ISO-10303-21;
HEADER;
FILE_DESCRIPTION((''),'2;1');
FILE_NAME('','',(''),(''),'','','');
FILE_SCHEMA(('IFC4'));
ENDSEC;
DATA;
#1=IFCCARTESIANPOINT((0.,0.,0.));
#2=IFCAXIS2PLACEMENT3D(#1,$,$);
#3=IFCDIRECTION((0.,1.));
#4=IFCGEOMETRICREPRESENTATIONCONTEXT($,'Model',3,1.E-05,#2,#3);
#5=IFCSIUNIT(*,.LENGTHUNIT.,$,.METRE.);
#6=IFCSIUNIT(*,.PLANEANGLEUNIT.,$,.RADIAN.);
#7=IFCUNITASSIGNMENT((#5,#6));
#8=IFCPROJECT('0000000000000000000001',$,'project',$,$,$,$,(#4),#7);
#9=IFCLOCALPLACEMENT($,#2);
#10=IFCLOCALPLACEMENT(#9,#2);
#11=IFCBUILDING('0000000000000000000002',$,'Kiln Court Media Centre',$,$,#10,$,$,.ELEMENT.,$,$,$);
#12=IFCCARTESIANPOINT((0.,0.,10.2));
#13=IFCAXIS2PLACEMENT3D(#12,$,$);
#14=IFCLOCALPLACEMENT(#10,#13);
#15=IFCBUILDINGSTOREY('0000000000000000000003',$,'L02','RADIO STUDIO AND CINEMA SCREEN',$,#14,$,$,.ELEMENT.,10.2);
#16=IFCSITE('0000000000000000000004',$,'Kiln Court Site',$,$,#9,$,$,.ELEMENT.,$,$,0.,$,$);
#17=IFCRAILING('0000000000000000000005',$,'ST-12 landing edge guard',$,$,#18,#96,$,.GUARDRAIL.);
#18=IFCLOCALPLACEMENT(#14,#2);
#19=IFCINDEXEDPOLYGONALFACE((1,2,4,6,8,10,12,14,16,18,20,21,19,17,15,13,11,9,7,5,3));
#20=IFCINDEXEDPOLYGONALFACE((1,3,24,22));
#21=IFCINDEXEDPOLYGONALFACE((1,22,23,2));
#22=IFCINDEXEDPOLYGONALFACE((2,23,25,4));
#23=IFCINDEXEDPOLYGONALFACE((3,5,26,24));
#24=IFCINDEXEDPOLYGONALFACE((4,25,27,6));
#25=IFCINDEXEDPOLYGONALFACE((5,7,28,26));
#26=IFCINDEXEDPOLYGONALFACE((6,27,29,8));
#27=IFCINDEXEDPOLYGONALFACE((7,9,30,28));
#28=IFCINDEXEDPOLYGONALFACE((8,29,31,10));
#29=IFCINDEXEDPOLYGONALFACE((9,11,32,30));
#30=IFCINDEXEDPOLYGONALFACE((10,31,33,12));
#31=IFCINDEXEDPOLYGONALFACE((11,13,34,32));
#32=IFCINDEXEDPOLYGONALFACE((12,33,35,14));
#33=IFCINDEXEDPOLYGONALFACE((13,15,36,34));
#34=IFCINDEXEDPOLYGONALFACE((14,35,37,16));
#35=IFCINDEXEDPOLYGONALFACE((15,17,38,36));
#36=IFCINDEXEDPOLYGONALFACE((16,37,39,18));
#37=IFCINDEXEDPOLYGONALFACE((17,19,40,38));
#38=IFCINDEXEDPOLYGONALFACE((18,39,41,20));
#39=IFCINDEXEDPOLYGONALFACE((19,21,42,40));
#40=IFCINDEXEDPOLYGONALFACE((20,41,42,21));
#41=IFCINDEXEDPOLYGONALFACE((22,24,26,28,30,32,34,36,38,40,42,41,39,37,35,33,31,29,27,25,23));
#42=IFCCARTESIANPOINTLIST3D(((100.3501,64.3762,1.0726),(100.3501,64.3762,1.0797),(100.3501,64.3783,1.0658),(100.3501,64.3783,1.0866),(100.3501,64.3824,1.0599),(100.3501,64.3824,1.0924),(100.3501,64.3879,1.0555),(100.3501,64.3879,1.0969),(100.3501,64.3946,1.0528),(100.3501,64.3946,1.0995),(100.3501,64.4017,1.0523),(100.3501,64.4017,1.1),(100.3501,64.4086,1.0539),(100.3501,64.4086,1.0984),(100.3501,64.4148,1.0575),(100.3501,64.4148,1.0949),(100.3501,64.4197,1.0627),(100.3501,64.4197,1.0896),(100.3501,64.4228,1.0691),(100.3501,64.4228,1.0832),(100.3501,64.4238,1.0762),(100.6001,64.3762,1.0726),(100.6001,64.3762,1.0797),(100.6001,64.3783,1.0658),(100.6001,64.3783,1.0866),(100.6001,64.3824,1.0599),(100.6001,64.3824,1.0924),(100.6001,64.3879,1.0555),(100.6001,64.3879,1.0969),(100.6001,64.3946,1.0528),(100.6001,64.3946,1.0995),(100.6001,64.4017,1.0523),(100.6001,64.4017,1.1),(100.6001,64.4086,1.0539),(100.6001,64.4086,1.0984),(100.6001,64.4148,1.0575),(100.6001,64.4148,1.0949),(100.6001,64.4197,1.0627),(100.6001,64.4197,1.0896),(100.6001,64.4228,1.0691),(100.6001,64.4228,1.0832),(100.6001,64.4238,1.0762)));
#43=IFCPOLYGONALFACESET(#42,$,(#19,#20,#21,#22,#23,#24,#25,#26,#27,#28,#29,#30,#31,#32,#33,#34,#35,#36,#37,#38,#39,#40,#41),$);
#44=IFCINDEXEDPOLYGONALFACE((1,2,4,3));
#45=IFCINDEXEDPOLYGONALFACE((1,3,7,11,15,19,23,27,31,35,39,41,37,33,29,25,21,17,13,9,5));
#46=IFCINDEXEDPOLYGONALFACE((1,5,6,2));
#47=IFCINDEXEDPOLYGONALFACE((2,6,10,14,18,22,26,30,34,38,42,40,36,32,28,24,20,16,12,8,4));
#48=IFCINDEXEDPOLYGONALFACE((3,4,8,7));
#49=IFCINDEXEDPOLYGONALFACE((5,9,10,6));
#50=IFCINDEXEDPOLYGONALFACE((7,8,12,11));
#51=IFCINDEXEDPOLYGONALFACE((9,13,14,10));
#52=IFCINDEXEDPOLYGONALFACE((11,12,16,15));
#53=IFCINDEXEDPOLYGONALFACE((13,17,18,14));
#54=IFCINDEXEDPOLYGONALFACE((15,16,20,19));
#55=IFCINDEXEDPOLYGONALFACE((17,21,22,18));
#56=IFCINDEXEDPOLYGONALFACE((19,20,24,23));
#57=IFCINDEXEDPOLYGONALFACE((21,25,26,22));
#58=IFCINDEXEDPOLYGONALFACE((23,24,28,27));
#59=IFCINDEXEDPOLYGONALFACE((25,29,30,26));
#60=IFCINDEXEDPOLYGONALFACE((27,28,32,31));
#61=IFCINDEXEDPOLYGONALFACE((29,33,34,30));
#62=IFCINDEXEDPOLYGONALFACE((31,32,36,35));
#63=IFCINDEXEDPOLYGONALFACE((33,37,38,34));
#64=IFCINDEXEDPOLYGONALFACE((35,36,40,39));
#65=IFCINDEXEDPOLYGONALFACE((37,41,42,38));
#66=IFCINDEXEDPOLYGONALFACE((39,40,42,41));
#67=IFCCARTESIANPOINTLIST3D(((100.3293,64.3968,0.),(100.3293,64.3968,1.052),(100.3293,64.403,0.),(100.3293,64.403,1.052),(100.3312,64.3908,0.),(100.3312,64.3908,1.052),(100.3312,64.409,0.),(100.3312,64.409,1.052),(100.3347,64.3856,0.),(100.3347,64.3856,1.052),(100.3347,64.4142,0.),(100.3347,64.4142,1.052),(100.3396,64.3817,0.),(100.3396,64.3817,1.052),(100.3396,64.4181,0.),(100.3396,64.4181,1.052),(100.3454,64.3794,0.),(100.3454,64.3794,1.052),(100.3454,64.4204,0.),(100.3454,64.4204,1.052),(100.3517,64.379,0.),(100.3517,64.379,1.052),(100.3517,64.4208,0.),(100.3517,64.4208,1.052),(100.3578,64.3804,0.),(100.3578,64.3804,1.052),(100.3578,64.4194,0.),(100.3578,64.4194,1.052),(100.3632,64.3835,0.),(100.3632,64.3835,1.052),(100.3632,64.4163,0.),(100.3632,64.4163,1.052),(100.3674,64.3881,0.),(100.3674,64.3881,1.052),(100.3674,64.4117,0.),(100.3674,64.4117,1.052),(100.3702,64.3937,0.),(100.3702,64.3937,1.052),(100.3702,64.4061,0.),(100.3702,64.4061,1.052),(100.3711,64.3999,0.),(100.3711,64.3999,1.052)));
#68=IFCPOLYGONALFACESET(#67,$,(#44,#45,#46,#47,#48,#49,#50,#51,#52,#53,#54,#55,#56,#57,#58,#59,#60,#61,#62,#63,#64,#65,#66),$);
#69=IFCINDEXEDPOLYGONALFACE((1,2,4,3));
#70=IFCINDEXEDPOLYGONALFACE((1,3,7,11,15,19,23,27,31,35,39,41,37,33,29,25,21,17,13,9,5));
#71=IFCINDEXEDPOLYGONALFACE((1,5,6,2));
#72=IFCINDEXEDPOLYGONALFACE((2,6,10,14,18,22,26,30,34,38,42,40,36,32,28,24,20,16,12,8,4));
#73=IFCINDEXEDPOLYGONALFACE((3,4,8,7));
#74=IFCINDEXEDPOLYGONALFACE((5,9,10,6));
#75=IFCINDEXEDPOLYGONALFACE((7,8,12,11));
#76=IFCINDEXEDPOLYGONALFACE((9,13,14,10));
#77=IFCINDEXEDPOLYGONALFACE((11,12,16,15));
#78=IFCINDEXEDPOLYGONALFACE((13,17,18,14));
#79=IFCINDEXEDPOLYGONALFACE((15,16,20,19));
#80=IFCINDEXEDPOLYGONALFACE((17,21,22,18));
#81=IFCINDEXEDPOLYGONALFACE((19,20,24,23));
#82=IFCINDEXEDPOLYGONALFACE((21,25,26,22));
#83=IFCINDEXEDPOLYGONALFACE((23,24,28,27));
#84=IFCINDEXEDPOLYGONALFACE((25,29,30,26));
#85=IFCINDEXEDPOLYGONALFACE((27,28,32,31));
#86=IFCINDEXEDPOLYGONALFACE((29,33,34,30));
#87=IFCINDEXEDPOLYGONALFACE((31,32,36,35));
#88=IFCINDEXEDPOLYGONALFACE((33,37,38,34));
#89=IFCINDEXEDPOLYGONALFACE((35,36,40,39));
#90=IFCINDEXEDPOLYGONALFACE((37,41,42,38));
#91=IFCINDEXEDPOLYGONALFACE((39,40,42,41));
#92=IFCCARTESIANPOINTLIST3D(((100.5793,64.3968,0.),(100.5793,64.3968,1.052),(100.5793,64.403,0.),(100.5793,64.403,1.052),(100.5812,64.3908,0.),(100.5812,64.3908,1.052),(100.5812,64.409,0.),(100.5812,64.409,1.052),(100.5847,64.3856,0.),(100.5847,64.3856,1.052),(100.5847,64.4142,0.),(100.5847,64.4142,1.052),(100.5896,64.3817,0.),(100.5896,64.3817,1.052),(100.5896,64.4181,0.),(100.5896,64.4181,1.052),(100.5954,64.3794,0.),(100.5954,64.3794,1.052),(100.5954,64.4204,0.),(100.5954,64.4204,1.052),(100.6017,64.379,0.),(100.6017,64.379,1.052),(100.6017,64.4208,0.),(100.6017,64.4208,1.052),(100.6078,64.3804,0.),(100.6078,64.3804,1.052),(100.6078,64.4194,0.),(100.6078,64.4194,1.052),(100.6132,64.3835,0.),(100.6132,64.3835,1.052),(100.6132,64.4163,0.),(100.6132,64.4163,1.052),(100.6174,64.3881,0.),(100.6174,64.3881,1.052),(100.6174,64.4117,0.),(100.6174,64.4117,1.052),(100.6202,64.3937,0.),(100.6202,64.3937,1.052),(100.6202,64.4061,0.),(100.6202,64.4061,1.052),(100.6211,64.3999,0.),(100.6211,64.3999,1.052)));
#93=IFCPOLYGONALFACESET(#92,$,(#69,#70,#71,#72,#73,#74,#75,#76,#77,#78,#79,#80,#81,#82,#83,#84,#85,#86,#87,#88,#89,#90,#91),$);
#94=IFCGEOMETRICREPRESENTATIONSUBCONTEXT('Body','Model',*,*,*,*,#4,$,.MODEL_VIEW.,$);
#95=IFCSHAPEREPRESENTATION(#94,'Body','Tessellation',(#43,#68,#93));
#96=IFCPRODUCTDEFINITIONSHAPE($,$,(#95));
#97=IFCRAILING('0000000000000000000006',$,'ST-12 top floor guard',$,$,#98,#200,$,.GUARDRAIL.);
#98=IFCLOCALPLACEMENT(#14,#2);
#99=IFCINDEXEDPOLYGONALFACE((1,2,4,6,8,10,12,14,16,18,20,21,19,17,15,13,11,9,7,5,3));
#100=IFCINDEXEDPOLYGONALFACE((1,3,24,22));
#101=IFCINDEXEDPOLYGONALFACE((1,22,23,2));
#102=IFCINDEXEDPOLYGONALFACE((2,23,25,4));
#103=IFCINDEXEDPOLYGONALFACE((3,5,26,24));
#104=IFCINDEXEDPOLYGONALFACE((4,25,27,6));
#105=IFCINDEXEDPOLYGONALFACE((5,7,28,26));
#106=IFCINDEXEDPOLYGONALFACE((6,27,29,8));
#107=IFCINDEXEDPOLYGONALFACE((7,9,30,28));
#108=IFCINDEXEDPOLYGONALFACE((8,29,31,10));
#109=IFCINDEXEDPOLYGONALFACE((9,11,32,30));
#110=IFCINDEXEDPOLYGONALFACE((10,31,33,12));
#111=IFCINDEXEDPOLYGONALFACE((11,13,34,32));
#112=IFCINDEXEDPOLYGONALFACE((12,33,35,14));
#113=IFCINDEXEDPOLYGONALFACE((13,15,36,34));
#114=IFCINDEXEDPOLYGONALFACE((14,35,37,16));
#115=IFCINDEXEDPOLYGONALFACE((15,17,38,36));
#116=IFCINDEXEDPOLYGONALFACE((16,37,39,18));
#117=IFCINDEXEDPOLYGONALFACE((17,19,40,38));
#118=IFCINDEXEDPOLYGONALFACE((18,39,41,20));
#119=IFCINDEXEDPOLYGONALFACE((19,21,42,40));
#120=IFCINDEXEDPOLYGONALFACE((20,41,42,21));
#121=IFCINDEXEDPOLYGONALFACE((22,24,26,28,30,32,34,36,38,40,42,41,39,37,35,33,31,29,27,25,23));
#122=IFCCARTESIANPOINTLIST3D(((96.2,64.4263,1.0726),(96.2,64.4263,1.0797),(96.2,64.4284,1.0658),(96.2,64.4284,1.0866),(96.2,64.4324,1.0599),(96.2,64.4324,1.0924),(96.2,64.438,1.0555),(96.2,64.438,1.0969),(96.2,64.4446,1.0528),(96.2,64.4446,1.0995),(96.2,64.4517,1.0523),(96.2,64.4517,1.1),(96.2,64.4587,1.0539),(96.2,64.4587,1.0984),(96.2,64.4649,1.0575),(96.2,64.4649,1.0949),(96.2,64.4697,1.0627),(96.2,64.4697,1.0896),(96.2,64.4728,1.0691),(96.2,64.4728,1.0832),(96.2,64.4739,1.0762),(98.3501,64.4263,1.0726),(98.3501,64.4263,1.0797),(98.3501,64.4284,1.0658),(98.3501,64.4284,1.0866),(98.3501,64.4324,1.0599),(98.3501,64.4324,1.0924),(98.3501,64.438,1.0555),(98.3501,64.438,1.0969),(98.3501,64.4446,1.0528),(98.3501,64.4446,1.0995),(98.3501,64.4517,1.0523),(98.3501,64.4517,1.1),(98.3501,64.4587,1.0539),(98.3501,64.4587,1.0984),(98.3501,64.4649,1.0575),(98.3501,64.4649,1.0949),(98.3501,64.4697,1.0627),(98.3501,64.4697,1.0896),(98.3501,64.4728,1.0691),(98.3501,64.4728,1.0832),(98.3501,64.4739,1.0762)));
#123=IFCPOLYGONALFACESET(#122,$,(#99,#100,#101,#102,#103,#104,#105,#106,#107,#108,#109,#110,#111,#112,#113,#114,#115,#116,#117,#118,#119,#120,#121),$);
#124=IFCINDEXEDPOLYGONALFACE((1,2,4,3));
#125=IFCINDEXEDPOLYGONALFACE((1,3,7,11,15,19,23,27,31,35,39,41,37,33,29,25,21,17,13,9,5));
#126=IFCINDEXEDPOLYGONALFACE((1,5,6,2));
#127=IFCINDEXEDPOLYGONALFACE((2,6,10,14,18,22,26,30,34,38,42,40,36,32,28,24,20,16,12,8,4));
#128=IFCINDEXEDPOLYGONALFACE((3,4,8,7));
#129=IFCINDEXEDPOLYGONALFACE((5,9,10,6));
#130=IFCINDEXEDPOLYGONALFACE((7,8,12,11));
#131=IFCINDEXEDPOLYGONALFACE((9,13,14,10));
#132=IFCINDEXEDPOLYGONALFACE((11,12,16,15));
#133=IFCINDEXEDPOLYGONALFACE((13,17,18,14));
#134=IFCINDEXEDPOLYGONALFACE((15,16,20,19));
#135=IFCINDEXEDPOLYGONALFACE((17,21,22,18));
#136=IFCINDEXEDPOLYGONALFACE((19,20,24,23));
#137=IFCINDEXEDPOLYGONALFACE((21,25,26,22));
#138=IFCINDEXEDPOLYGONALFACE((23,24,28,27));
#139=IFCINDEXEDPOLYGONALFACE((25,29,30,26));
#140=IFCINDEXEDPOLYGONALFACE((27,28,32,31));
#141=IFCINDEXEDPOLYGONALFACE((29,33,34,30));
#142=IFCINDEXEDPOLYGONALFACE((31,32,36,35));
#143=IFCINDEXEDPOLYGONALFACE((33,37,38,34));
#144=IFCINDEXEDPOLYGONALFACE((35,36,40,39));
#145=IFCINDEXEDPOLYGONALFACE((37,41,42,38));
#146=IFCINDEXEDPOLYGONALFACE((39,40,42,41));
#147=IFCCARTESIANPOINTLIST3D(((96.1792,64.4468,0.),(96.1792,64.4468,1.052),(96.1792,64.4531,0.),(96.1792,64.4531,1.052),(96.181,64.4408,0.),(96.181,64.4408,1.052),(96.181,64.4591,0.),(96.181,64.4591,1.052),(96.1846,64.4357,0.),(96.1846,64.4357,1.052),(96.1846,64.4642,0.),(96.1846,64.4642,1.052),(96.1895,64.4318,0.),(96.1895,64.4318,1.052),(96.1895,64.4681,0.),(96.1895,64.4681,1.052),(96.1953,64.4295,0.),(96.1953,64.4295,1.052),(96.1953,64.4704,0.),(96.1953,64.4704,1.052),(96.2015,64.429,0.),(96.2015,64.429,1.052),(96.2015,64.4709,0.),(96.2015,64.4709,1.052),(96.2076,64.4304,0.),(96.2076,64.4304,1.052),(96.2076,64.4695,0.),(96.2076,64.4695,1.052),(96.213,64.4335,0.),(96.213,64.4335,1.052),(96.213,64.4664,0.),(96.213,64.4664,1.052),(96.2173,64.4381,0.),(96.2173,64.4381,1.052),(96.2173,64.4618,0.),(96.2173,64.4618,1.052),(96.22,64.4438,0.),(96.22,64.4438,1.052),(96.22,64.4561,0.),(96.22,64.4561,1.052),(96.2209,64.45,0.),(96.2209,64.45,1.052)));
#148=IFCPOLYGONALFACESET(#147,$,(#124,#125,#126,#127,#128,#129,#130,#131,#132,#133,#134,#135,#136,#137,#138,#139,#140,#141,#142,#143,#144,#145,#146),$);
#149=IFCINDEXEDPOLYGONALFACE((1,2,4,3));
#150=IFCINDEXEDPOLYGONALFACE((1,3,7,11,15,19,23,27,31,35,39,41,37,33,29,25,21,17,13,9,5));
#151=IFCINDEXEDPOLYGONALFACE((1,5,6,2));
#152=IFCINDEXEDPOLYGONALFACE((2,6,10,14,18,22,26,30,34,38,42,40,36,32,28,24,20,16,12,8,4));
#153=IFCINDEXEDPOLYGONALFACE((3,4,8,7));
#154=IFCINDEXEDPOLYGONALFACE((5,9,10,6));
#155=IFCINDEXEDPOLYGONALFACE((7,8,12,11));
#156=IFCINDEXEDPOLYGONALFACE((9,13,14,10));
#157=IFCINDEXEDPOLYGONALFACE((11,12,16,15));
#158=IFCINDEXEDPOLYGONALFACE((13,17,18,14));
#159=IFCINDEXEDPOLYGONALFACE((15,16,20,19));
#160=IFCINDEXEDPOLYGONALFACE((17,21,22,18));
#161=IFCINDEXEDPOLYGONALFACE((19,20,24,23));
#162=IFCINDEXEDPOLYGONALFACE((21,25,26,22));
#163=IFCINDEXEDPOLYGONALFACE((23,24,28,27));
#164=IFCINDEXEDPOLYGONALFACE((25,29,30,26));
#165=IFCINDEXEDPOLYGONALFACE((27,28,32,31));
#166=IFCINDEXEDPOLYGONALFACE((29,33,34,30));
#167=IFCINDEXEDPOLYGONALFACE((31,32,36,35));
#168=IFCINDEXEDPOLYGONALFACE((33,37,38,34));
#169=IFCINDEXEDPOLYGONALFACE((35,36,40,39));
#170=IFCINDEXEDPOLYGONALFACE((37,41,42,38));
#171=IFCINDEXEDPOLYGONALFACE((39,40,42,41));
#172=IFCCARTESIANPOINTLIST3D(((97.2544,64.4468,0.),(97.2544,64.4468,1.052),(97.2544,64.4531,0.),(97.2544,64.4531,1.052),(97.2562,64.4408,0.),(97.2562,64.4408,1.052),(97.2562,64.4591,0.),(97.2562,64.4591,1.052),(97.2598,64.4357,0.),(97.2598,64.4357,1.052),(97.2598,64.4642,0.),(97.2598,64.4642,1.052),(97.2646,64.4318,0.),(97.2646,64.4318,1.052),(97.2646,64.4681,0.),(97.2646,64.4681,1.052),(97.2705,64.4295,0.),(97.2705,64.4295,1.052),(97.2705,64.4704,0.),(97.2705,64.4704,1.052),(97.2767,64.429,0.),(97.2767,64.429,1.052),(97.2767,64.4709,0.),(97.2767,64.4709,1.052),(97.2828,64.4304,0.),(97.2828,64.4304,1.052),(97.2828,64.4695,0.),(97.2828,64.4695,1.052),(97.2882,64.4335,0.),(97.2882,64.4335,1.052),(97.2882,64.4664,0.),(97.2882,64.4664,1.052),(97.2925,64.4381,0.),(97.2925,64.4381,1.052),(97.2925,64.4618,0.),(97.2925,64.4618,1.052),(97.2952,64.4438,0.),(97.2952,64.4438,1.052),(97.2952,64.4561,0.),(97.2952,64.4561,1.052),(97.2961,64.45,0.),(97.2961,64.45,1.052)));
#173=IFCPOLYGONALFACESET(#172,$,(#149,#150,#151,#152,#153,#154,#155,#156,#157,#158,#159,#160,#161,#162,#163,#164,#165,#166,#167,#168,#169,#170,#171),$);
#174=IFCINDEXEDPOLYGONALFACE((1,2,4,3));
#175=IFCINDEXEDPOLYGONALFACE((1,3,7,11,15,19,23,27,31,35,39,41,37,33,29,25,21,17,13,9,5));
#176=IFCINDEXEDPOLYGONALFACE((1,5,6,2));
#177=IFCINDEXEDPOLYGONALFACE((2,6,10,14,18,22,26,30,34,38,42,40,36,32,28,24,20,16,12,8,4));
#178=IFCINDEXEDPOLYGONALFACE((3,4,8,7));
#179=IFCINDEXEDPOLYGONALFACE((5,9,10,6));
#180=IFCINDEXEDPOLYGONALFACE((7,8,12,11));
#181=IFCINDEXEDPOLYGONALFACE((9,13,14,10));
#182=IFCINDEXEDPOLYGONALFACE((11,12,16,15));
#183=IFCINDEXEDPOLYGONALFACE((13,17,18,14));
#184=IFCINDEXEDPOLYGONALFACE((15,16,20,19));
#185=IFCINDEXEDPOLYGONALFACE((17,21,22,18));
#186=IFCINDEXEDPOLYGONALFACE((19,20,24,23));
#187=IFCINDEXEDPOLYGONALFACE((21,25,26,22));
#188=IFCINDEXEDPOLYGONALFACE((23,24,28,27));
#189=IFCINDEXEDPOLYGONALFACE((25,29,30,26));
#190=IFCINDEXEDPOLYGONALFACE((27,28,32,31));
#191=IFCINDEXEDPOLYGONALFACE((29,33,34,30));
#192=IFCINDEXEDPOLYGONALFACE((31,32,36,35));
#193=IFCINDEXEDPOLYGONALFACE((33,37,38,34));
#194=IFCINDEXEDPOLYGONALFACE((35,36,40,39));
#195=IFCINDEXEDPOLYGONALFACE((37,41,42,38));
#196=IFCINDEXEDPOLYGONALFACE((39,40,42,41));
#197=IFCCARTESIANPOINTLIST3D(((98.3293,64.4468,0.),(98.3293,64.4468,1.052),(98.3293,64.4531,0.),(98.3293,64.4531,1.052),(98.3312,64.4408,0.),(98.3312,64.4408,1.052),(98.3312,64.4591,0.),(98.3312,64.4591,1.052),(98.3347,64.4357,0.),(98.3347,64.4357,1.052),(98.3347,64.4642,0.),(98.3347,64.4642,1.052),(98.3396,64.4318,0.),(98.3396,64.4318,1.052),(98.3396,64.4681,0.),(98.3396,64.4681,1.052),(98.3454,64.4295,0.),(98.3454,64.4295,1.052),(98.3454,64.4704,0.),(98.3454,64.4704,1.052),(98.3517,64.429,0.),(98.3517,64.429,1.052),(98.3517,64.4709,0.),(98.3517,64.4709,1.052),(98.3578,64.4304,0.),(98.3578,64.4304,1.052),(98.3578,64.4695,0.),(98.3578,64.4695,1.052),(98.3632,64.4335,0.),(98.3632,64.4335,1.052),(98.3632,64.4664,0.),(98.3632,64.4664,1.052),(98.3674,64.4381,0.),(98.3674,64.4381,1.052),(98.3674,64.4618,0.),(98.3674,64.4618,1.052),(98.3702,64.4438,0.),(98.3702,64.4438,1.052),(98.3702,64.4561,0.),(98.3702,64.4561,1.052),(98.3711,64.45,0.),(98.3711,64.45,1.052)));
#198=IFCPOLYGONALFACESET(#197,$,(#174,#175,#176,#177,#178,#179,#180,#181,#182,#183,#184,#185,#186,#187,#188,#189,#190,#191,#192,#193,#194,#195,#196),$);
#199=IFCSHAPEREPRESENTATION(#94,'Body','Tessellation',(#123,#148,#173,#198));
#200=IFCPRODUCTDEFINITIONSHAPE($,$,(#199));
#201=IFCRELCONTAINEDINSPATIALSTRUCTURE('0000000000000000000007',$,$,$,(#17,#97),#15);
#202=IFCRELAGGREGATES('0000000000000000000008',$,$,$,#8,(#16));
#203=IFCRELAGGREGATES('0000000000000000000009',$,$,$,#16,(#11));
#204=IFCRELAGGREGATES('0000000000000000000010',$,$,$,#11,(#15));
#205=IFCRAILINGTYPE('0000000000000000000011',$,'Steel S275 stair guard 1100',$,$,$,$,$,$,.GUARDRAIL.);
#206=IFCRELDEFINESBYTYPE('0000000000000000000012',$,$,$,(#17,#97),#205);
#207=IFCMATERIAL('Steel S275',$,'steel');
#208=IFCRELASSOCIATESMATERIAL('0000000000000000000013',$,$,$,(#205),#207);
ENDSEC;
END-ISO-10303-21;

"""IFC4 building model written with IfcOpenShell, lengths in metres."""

from ifc_helpers import new_model, si_unit, direction, frame, origin, origin_2d, place, context, subcontext, project, spatial, circle, extrude, material, type_object, element, save


model = new_model("IFC4")

# Units and contexts
model_context = context("Model", 3, precision=1e-05, world=origin(), true_north=direction((0.0, 1.0)))
body_context = subcontext(model_context, "Body", "Model", "MODEL_VIEW")
ifc_project = project(units=[si_unit("LENGTHUNIT", "METRE"), si_unit("PLANEANGLEUNIT", "RADIAN")], contexts=[model_context])

# Site, building, storey
site_placement = place(None, origin())
site = spatial("IfcSite", under=ifc_project, at=site_placement, Name="Kiln Court Site", CompositionType="ELEMENT", RefElevation=0.0)
building_placement = place(site_placement, origin())
building = spatial("IfcBuilding", under=site, at=building_placement, Name="Kiln Court Media Centre", CompositionType="ELEMENT")
storey_placement = place(building_placement, frame((0.0, 0.0, 10.2)))
storey = spatial("IfcBuildingStorey", under=building, at=storey_placement, Name="L02", Description="RADIO STUDIO AND CINEMA SCREEN", CompositionType="ELEMENT", Elevation=10.2)

# Railings
ifc_material_1 = material(Name="Steel S275", Category="steel")
railing_type = type_object("IfcRailingType", Name="Steel S275 stair guard 1100", PredefinedType="GUARDRAIL", material=ifc_material_1)
railing_1_placement = place(storey_placement, frame((100.3501, 64.3999, 0.0)))
element("IfcRailing", 1, at=railing_1_placement, inside=storey, type_object=railing_type, Name="ST-12 landing edge guard", PredefinedType="GUARDRAIL", context=body_context, shape_type="SweptSolid", body=[
    extrude(circle(Radius=0.0239, at=origin_2d()), frame((0.0, 0.0, 1.0762), z_axis=(1.0, 0.0, 0.0), x_axis=(0.0, 1.0, 0.0)), (0.0, 0.0, 1.0), 0.25),
    extrude(circle(Radius=0.021, at=origin_2d()), origin(), (0.0, 0.0, 1.0), 1.052),
    extrude(circle(Radius=0.021, at=origin_2d()), frame((0.25, 0.0, 0.0)), (0.0, 0.0, 1.0), 1.052),
])
railing_2_placement = place(storey_placement, frame((96.2, 64.45, 0.0)))
element("IfcRailing", 2, at=railing_2_placement, inside=storey, type_object=railing_type, Name="ST-12 top floor guard", PredefinedType="GUARDRAIL", context=body_context, shape_type="SweptSolid", body=[
    extrude(circle(Radius=0.0239, at=origin_2d()), frame((0.0, 0.0, 1.0762), z_axis=(1.0, 0.0, 0.0), x_axis=(0.0, 1.0, 0.0)), (0.0, 0.0, 1.0), 2.1501),
    extrude(circle(Radius=0.021, at=origin_2d()), origin(), (0.0, 0.0, 1.0), 1.052),
    extrude(circle(Radius=0.021, at=origin_2d()), frame((1.0752, 0.0, 0.0)), (0.0, 0.0, 1.0), 1.052),
    extrude(circle(Radius=0.021, at=origin_2d()), frame((2.1501, 0.0, 0.0)), (0.0, 0.0, 1.0), 1.052),
])

save(model, "model.ifc")
